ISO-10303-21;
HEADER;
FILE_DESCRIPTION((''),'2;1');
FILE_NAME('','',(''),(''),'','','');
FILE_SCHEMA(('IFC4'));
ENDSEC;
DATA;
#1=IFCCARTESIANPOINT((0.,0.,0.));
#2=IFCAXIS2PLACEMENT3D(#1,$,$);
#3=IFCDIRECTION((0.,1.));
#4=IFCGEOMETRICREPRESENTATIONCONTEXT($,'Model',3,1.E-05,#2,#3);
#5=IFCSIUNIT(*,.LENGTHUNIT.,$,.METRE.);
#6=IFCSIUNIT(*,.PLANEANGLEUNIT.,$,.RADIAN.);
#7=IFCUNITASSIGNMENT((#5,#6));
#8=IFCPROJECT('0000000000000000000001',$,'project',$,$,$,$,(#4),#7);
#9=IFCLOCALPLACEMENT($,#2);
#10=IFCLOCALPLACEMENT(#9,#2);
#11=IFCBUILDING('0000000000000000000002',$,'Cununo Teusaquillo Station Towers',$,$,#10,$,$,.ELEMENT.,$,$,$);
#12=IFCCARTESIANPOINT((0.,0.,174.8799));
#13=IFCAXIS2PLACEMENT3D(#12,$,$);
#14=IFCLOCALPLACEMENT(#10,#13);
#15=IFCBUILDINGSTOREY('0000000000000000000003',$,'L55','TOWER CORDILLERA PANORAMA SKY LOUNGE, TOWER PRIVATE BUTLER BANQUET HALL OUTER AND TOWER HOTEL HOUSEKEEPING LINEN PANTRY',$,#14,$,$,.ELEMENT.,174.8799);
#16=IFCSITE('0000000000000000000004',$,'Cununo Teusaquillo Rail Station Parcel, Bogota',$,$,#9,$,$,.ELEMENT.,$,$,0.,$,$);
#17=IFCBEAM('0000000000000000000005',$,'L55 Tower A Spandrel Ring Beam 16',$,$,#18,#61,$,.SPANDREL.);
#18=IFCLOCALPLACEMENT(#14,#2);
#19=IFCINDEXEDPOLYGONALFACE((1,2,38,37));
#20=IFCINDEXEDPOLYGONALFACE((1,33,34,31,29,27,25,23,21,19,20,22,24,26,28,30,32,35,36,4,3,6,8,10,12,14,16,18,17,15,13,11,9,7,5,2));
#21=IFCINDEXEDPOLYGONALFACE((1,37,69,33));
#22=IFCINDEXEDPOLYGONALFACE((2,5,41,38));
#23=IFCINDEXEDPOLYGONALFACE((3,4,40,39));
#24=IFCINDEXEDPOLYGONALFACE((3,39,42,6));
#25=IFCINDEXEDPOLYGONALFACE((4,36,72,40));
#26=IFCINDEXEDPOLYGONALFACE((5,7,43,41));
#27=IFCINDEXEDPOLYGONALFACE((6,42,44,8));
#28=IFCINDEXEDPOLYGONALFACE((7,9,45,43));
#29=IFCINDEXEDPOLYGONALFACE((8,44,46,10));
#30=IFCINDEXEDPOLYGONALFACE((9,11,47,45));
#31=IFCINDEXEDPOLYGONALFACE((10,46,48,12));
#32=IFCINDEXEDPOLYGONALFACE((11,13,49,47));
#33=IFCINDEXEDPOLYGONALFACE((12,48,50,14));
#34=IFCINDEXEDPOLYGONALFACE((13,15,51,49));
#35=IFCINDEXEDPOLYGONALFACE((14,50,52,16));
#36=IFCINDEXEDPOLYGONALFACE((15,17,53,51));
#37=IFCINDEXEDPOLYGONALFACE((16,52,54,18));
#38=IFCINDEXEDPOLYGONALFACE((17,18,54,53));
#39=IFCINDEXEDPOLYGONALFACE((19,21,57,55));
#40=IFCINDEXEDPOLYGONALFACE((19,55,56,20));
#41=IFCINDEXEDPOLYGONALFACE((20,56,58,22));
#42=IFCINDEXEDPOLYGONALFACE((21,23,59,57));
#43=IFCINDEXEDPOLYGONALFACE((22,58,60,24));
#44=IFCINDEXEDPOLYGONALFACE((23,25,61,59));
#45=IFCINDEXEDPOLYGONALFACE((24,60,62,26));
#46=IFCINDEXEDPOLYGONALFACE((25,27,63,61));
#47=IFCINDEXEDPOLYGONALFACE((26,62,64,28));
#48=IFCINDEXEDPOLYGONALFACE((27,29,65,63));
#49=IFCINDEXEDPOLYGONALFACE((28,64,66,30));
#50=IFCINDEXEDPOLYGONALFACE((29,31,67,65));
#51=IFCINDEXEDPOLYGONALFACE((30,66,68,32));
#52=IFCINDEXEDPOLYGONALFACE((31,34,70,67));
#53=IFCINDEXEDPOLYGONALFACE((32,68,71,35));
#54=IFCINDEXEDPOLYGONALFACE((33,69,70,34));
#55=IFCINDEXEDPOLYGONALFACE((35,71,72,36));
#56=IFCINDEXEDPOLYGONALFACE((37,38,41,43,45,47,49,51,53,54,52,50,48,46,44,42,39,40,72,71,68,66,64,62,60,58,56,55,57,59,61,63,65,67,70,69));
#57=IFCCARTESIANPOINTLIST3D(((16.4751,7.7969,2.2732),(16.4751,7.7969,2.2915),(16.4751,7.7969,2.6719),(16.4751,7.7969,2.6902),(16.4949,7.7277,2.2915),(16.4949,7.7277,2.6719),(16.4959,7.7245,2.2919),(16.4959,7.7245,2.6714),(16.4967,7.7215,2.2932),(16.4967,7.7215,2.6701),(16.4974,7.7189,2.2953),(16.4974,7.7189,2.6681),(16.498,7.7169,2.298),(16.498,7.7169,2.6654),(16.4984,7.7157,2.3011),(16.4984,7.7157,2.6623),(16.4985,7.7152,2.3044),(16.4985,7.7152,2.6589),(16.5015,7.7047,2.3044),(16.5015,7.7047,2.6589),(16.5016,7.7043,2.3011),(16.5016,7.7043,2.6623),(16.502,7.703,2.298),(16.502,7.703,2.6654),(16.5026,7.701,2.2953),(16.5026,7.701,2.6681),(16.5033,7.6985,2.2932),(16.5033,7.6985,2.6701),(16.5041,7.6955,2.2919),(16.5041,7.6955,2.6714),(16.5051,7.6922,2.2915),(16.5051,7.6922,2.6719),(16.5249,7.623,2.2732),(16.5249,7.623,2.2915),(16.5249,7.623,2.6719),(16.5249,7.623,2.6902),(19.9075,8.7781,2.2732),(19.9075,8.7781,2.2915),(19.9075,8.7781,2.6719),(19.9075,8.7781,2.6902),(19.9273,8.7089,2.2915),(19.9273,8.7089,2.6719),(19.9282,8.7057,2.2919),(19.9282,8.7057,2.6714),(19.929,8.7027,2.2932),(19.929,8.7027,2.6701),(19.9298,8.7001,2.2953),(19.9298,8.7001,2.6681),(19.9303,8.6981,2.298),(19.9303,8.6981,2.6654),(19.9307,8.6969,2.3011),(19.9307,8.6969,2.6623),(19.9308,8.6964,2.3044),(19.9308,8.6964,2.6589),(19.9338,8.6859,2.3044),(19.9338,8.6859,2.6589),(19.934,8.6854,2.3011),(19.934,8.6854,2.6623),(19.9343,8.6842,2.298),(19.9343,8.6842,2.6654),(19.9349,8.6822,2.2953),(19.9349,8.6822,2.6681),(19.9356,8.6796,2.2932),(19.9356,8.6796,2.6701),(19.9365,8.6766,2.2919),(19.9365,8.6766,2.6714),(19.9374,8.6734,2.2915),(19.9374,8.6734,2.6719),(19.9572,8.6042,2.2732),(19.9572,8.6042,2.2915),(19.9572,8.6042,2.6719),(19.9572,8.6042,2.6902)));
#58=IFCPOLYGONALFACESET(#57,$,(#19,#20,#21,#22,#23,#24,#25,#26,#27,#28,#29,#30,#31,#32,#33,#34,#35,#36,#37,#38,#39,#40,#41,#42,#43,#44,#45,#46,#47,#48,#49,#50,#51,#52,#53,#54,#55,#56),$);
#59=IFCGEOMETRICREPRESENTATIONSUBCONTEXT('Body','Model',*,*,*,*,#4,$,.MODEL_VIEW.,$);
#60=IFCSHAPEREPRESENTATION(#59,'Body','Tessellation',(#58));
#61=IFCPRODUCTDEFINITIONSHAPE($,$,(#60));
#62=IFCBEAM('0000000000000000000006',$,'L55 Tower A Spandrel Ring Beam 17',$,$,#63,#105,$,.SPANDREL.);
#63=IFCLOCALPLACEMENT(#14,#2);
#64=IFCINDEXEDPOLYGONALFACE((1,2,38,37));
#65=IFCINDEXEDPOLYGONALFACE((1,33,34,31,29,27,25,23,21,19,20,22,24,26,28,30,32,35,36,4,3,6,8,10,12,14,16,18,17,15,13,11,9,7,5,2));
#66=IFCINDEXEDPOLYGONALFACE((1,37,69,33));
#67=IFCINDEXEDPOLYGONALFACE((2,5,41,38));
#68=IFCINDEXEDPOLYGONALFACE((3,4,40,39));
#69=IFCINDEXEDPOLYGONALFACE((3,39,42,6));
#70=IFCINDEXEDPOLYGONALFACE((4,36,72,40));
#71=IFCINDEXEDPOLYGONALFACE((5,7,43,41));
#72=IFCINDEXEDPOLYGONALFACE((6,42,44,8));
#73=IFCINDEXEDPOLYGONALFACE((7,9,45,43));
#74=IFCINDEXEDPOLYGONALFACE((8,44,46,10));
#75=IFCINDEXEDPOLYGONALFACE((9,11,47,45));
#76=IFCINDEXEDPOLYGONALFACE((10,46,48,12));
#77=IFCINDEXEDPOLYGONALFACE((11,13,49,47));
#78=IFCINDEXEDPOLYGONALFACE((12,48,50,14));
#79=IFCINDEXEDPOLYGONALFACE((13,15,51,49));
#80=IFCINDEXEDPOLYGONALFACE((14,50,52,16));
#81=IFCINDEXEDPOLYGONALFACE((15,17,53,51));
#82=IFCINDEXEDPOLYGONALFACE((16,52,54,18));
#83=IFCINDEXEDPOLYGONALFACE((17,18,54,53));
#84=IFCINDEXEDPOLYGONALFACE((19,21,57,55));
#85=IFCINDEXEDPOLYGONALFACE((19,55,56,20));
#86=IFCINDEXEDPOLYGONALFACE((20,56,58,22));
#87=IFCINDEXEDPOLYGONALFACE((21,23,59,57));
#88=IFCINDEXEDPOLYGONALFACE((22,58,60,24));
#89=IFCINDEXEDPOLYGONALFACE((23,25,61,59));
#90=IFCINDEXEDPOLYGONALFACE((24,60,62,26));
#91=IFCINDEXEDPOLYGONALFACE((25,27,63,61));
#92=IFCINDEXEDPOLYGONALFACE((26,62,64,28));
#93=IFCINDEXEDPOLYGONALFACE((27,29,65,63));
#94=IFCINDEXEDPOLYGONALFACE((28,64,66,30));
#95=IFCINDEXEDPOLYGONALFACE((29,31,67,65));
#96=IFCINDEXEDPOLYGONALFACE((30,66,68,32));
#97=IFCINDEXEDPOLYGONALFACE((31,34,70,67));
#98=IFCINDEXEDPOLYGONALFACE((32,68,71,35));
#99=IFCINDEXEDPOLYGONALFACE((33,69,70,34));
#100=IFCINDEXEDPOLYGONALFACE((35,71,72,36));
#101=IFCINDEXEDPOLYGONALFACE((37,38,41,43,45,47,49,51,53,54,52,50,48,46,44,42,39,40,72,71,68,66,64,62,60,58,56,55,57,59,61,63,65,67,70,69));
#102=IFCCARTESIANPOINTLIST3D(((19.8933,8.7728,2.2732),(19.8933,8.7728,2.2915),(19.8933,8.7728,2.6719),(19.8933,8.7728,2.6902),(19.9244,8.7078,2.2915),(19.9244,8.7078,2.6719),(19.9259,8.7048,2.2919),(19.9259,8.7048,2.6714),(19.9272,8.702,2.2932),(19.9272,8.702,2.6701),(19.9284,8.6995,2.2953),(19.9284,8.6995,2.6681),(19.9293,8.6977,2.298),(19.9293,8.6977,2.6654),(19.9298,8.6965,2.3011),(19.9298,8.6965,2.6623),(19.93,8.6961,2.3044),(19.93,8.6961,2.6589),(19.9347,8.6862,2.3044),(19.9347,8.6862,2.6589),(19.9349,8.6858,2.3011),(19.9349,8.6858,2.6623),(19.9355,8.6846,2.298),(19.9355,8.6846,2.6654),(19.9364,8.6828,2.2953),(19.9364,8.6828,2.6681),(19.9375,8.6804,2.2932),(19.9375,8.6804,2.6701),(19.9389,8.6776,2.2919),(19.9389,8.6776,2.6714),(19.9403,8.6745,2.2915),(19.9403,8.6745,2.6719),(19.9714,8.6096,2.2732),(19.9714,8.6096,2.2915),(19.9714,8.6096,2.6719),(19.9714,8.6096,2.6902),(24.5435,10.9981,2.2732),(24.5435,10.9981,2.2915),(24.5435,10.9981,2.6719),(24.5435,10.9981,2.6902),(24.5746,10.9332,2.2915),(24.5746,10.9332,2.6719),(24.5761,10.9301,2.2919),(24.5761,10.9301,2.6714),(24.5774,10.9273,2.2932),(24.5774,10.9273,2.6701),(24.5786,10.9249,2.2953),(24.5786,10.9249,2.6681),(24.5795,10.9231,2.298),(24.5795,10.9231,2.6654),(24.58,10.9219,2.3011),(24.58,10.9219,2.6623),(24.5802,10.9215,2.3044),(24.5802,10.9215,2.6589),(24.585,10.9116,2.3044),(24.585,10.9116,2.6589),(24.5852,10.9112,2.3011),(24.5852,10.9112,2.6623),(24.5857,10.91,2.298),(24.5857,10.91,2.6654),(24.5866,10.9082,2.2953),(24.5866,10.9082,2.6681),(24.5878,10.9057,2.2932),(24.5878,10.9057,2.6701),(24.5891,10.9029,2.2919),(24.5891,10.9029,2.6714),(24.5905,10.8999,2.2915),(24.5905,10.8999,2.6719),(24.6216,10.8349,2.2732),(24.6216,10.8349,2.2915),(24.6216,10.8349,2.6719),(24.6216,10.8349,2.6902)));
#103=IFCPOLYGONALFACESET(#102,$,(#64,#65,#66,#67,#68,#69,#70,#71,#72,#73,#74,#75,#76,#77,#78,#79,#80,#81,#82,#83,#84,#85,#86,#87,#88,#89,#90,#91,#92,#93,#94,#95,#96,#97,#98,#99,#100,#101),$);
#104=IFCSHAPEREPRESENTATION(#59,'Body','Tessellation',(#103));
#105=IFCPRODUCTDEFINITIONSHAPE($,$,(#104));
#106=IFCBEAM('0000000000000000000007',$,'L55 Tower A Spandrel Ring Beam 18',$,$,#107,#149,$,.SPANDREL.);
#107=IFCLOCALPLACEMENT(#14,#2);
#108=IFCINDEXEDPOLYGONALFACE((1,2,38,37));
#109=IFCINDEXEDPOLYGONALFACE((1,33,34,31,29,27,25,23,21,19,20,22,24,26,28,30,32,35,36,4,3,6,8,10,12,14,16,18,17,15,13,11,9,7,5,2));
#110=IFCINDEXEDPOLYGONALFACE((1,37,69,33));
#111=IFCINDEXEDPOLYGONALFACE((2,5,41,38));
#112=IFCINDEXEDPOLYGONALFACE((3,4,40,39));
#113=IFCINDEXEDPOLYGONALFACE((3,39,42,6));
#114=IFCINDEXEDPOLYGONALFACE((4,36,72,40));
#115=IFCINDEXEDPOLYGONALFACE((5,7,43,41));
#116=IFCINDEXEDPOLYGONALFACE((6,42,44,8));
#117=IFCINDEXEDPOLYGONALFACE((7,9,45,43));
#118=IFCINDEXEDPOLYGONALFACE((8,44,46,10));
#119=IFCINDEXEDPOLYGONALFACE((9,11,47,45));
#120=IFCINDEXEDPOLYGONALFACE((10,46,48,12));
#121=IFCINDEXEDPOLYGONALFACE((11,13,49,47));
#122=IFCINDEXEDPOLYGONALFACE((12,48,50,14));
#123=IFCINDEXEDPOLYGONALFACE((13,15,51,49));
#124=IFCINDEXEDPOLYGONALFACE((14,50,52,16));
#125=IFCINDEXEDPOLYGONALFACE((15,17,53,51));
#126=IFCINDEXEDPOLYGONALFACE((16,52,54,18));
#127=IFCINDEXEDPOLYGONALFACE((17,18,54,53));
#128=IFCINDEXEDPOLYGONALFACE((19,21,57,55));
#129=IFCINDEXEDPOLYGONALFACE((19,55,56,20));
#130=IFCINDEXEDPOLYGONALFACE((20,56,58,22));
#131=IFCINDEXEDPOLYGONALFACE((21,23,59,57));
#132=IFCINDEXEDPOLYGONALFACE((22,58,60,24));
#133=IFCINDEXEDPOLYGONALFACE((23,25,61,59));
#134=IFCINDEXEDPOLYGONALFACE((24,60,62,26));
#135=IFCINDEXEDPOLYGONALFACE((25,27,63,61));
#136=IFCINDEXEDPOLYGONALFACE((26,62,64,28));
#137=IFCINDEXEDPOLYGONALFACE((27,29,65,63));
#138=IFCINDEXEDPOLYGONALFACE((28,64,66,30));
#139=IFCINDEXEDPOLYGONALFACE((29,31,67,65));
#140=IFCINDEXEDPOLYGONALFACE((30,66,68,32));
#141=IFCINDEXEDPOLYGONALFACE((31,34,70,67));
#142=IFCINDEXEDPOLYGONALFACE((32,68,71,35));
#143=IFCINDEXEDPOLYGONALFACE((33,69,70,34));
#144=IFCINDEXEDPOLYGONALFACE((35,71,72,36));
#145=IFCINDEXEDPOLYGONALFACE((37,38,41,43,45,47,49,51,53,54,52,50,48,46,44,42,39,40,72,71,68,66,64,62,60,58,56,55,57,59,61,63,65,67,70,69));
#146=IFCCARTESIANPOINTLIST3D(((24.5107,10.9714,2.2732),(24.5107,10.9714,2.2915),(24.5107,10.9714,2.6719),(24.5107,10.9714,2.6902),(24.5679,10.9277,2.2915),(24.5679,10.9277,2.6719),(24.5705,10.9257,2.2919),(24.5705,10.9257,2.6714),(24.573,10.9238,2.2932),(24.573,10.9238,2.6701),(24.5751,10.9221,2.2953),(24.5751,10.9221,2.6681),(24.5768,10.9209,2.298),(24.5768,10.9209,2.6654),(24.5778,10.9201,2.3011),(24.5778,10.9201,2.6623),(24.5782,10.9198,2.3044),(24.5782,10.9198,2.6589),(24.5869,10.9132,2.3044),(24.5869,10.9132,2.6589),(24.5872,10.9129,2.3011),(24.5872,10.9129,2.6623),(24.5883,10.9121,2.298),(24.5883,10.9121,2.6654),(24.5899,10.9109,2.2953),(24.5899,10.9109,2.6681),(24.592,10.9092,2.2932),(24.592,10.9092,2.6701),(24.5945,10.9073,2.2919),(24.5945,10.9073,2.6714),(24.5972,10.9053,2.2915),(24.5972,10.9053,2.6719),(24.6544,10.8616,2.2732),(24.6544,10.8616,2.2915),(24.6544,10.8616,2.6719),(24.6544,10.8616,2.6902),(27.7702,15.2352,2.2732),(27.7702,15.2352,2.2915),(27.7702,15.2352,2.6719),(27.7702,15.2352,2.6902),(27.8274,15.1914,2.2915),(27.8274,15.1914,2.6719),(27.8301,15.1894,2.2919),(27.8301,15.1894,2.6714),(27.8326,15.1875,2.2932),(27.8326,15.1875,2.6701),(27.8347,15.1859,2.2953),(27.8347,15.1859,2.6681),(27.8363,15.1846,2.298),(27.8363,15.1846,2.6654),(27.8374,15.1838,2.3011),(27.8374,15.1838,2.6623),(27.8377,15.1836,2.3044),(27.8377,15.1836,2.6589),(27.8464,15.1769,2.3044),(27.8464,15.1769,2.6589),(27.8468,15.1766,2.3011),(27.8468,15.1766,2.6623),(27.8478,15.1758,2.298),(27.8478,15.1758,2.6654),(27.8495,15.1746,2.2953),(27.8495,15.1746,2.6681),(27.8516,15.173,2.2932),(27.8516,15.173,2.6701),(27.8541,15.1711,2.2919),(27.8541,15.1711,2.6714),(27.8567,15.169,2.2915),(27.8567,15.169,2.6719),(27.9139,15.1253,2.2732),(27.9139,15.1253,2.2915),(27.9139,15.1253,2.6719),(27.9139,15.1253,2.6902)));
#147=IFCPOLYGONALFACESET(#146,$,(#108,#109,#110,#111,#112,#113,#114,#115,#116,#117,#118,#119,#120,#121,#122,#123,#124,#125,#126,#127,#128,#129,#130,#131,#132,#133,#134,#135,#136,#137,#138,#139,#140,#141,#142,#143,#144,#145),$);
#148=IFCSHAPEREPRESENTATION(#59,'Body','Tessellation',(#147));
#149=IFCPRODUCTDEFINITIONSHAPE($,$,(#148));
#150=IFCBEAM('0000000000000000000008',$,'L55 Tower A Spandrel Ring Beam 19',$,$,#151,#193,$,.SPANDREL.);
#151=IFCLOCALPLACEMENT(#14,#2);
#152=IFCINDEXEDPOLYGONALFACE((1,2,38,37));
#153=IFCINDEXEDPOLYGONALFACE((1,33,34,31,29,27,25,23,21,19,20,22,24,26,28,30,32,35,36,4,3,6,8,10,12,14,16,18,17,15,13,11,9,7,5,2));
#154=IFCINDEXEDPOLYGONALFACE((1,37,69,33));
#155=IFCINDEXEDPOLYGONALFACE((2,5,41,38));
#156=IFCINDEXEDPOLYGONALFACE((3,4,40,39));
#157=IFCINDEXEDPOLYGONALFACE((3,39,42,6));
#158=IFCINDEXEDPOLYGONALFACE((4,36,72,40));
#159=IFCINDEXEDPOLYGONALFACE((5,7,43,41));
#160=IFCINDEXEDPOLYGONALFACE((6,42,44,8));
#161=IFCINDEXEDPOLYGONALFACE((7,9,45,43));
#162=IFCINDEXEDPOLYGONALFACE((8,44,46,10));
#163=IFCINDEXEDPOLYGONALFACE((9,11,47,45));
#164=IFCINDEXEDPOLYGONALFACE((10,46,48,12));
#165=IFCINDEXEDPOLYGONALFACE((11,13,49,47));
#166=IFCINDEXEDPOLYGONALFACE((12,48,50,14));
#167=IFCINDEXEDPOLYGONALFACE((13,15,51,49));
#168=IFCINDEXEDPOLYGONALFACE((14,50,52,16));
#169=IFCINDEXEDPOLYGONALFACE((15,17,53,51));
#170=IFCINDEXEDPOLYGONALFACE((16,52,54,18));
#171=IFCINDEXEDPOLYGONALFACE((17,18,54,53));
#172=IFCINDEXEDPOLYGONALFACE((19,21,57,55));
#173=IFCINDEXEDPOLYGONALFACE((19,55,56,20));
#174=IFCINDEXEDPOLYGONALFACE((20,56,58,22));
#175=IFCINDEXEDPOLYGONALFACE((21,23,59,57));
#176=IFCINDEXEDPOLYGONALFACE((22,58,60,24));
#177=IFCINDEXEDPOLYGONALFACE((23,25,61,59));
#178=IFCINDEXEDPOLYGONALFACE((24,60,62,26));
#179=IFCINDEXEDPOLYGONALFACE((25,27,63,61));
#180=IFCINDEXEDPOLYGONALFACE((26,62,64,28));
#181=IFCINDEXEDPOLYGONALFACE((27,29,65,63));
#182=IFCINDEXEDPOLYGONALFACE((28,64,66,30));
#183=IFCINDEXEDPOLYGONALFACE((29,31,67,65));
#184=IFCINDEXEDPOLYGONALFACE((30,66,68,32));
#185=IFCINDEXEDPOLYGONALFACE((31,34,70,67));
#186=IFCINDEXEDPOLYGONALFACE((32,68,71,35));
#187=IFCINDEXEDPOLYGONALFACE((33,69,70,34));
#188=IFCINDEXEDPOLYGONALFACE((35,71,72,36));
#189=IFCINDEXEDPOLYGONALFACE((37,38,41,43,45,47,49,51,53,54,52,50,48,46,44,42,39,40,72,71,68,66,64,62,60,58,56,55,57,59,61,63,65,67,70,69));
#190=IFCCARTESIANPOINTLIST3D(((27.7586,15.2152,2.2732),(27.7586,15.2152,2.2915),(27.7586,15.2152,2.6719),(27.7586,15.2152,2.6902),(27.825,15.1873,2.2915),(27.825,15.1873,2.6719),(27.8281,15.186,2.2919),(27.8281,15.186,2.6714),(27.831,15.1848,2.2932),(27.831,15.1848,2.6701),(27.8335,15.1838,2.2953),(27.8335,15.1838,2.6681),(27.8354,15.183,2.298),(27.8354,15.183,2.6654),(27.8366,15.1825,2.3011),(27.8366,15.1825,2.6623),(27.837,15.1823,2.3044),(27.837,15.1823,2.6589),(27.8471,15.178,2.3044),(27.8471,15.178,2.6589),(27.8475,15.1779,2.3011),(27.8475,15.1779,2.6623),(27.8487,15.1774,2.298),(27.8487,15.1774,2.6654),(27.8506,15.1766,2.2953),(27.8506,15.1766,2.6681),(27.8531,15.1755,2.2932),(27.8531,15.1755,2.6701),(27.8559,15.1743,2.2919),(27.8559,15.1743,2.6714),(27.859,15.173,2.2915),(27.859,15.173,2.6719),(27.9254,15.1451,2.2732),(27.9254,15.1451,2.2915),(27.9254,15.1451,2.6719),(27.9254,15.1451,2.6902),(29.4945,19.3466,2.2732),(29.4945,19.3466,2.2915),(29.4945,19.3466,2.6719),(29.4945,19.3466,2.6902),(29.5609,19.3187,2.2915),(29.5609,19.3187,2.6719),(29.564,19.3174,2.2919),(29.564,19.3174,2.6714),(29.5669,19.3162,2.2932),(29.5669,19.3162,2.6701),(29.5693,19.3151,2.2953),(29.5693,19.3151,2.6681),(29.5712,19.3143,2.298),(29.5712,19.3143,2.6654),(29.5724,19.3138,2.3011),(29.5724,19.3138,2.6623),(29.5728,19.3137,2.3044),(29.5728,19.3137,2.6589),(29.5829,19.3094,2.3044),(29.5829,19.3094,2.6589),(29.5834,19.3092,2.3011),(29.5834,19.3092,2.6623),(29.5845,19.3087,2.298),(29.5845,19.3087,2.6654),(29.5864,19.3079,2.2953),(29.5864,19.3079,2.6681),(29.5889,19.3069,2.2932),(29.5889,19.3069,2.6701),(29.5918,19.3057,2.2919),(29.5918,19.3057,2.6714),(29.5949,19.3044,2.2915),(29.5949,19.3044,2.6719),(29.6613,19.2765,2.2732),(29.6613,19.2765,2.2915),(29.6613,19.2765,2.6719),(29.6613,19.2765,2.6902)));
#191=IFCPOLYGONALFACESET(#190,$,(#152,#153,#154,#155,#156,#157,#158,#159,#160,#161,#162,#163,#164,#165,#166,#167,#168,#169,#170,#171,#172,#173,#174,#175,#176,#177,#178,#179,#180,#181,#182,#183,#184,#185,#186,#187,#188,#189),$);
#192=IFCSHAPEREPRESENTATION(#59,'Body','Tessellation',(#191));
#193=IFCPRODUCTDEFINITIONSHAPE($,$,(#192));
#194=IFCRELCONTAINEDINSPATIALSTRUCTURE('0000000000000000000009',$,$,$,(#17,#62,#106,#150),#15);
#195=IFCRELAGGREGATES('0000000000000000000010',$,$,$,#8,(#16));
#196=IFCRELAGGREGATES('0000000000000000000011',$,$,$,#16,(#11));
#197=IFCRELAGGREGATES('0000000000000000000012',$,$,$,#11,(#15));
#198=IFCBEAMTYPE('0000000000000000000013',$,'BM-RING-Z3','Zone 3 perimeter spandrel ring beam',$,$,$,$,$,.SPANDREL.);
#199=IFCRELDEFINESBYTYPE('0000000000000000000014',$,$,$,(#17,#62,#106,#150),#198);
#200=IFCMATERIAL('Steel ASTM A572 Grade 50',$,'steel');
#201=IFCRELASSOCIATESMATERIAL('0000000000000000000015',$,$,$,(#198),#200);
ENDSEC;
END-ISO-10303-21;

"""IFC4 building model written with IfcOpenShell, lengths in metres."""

from ifc_helpers import new_model, si_unit, direction, frame, origin, origin_2d, place, context, subcontext, project, spatial, i_section, extrude, material, material_profile, profile_set, type_object, element, save


model = new_model("IFC4")

# Units and contexts
model_context = context("Model", 3, precision=1e-05, world=origin(), true_north=direction((0.0, 1.0)))
body_context = subcontext(model_context, "Body", "Model", "MODEL_VIEW")
ifc_project = project(units=[si_unit("LENGTHUNIT", "METRE"), si_unit("PLANEANGLEUNIT", "RADIAN")], contexts=[model_context])

# Site, building, storey
site_placement = place(None, origin())
site = spatial("IfcSite", under=ifc_project, at=site_placement, Name="Cununo Teusaquillo Rail Station Parcel, Bogota", CompositionType="ELEMENT", RefElevation=0.0)
building_placement = place(site_placement, origin())
building = spatial("IfcBuilding", under=site, at=building_placement, Name="Cununo Teusaquillo Station Towers", CompositionType="ELEMENT")
storey_placement = place(building_placement, frame((0.0, 0.0, 174.8799)))
storey = spatial("IfcBuildingStorey", under=building, at=storey_placement, Name="L55", Description="TOWER CORDILLERA PANORAMA SKY LOUNGE, TOWER PRIVATE BUTLER BANQUET HALL OUTER AND TOWER HOTEL HOUSEKEEPING LINEN PANTRY", CompositionType="ELEMENT", Elevation=174.8799)

# Beams
ifc_material_1 = material(Name="Steel ASTM A572 Grade 50", Category="steel")
ifc_material_profile_1 = material_profile(ifc_material_1, i_section(OverallWidth=0.1809, OverallDepth=0.417, WebThickness=0.011, FlangeThickness=0.0183, FilletRadius=0.0129, at=origin_2d()), Name="W16X57")
ifc_profile_set_1 = profile_set([ifc_material_profile_1], Name="Steel ASTM A572 Grade 50")
beam_type_1 = type_object("IfcBeamType", Name="BM-RING-Z3", Description="Zone 3 perimeter spandrel ring beam", PredefinedType="SPANDREL", material=ifc_profile_set_1)
beam_1_placement = place(storey_placement, frame((16.5, 7.71, 2.4817), z_axis=(0.961485, 0.274857, 0.0), x_axis=(-0.274857, 0.961485, 0.0)))
element("IfcBeam", 1, at=beam_1_placement, inside=storey, type_object=beam_type_1, Name="L55 Tower A Spandrel Ring Beam 16", PredefinedType="SPANDREL", context=body_context, shape_type="SweptSolid", body=[
    extrude(i_section(OverallWidth=0.1809, OverallDepth=0.417, WebThickness=0.011, FlangeThickness=0.0183, FilletRadius=0.0129, at=origin_2d()), origin(), (0.0, 0.0, 1.0), 3.5698),
])
beam_2_placement = place(storey_placement, frame((19.9324, 8.6912, 2.4817), z_axis=(0.902032, 0.43167, 0.0), x_axis=(-0.43167, 0.902032, 0.0)))
element("IfcBeam", 2, at=beam_2_placement, inside=storey, type_object=beam_type_1, Name="L55 Tower A Spandrel Ring Beam 17", PredefinedType="SPANDREL", context=body_context, shape_type="SweptSolid", body=[
    extrude(i_section(OverallWidth=0.1809, OverallDepth=0.417, WebThickness=0.011, FlangeThickness=0.0183, FilletRadius=0.0129, at=origin_2d()), origin(), (0.0, 0.0, 1.0), 5.1553),
])
beam_3_placement = place(storey_placement, frame((24.5825, 10.9165, 2.4817), z_axis=(0.60734, 0.794442, 0.0), x_axis=(-0.794442, 0.60734, 0.0)))
element("IfcBeam", 3, at=beam_3_placement, inside=storey, type_object=beam_type_1, Name="L55 Tower A Spandrel Ring Beam 18", PredefinedType="SPANDREL", context=body_context, shape_type="SweptSolid", body=[
    extrude(i_section(OverallWidth=0.1809, OverallDepth=0.417, WebThickness=0.011, FlangeThickness=0.0183, FilletRadius=0.0129, at=origin_2d()), origin(), (0.0, 0.0, 1.0), 5.3669),
])
beam_4_placement = place(storey_placement, frame((27.842, 15.1802, 2.4817), z_axis=(0.38736, 0.921928, 0.0), x_axis=(-0.921928, 0.38736, 0.0)))
element("IfcBeam", 4, at=beam_4_placement, inside=storey, type_object=beam_type_1, Name="L55 Tower A Spandrel Ring Beam 19", PredefinedType="SPANDREL", context=body_context, shape_type="SweptSolid", body=[
    extrude(i_section(OverallWidth=0.1809, OverallDepth=0.417, WebThickness=0.011, FlangeThickness=0.0183, FilletRadius=0.0129, at=origin_2d()), origin(), (0.0, 0.0, 1.0), 4.4812),
])

save(model, "model.ifc")
